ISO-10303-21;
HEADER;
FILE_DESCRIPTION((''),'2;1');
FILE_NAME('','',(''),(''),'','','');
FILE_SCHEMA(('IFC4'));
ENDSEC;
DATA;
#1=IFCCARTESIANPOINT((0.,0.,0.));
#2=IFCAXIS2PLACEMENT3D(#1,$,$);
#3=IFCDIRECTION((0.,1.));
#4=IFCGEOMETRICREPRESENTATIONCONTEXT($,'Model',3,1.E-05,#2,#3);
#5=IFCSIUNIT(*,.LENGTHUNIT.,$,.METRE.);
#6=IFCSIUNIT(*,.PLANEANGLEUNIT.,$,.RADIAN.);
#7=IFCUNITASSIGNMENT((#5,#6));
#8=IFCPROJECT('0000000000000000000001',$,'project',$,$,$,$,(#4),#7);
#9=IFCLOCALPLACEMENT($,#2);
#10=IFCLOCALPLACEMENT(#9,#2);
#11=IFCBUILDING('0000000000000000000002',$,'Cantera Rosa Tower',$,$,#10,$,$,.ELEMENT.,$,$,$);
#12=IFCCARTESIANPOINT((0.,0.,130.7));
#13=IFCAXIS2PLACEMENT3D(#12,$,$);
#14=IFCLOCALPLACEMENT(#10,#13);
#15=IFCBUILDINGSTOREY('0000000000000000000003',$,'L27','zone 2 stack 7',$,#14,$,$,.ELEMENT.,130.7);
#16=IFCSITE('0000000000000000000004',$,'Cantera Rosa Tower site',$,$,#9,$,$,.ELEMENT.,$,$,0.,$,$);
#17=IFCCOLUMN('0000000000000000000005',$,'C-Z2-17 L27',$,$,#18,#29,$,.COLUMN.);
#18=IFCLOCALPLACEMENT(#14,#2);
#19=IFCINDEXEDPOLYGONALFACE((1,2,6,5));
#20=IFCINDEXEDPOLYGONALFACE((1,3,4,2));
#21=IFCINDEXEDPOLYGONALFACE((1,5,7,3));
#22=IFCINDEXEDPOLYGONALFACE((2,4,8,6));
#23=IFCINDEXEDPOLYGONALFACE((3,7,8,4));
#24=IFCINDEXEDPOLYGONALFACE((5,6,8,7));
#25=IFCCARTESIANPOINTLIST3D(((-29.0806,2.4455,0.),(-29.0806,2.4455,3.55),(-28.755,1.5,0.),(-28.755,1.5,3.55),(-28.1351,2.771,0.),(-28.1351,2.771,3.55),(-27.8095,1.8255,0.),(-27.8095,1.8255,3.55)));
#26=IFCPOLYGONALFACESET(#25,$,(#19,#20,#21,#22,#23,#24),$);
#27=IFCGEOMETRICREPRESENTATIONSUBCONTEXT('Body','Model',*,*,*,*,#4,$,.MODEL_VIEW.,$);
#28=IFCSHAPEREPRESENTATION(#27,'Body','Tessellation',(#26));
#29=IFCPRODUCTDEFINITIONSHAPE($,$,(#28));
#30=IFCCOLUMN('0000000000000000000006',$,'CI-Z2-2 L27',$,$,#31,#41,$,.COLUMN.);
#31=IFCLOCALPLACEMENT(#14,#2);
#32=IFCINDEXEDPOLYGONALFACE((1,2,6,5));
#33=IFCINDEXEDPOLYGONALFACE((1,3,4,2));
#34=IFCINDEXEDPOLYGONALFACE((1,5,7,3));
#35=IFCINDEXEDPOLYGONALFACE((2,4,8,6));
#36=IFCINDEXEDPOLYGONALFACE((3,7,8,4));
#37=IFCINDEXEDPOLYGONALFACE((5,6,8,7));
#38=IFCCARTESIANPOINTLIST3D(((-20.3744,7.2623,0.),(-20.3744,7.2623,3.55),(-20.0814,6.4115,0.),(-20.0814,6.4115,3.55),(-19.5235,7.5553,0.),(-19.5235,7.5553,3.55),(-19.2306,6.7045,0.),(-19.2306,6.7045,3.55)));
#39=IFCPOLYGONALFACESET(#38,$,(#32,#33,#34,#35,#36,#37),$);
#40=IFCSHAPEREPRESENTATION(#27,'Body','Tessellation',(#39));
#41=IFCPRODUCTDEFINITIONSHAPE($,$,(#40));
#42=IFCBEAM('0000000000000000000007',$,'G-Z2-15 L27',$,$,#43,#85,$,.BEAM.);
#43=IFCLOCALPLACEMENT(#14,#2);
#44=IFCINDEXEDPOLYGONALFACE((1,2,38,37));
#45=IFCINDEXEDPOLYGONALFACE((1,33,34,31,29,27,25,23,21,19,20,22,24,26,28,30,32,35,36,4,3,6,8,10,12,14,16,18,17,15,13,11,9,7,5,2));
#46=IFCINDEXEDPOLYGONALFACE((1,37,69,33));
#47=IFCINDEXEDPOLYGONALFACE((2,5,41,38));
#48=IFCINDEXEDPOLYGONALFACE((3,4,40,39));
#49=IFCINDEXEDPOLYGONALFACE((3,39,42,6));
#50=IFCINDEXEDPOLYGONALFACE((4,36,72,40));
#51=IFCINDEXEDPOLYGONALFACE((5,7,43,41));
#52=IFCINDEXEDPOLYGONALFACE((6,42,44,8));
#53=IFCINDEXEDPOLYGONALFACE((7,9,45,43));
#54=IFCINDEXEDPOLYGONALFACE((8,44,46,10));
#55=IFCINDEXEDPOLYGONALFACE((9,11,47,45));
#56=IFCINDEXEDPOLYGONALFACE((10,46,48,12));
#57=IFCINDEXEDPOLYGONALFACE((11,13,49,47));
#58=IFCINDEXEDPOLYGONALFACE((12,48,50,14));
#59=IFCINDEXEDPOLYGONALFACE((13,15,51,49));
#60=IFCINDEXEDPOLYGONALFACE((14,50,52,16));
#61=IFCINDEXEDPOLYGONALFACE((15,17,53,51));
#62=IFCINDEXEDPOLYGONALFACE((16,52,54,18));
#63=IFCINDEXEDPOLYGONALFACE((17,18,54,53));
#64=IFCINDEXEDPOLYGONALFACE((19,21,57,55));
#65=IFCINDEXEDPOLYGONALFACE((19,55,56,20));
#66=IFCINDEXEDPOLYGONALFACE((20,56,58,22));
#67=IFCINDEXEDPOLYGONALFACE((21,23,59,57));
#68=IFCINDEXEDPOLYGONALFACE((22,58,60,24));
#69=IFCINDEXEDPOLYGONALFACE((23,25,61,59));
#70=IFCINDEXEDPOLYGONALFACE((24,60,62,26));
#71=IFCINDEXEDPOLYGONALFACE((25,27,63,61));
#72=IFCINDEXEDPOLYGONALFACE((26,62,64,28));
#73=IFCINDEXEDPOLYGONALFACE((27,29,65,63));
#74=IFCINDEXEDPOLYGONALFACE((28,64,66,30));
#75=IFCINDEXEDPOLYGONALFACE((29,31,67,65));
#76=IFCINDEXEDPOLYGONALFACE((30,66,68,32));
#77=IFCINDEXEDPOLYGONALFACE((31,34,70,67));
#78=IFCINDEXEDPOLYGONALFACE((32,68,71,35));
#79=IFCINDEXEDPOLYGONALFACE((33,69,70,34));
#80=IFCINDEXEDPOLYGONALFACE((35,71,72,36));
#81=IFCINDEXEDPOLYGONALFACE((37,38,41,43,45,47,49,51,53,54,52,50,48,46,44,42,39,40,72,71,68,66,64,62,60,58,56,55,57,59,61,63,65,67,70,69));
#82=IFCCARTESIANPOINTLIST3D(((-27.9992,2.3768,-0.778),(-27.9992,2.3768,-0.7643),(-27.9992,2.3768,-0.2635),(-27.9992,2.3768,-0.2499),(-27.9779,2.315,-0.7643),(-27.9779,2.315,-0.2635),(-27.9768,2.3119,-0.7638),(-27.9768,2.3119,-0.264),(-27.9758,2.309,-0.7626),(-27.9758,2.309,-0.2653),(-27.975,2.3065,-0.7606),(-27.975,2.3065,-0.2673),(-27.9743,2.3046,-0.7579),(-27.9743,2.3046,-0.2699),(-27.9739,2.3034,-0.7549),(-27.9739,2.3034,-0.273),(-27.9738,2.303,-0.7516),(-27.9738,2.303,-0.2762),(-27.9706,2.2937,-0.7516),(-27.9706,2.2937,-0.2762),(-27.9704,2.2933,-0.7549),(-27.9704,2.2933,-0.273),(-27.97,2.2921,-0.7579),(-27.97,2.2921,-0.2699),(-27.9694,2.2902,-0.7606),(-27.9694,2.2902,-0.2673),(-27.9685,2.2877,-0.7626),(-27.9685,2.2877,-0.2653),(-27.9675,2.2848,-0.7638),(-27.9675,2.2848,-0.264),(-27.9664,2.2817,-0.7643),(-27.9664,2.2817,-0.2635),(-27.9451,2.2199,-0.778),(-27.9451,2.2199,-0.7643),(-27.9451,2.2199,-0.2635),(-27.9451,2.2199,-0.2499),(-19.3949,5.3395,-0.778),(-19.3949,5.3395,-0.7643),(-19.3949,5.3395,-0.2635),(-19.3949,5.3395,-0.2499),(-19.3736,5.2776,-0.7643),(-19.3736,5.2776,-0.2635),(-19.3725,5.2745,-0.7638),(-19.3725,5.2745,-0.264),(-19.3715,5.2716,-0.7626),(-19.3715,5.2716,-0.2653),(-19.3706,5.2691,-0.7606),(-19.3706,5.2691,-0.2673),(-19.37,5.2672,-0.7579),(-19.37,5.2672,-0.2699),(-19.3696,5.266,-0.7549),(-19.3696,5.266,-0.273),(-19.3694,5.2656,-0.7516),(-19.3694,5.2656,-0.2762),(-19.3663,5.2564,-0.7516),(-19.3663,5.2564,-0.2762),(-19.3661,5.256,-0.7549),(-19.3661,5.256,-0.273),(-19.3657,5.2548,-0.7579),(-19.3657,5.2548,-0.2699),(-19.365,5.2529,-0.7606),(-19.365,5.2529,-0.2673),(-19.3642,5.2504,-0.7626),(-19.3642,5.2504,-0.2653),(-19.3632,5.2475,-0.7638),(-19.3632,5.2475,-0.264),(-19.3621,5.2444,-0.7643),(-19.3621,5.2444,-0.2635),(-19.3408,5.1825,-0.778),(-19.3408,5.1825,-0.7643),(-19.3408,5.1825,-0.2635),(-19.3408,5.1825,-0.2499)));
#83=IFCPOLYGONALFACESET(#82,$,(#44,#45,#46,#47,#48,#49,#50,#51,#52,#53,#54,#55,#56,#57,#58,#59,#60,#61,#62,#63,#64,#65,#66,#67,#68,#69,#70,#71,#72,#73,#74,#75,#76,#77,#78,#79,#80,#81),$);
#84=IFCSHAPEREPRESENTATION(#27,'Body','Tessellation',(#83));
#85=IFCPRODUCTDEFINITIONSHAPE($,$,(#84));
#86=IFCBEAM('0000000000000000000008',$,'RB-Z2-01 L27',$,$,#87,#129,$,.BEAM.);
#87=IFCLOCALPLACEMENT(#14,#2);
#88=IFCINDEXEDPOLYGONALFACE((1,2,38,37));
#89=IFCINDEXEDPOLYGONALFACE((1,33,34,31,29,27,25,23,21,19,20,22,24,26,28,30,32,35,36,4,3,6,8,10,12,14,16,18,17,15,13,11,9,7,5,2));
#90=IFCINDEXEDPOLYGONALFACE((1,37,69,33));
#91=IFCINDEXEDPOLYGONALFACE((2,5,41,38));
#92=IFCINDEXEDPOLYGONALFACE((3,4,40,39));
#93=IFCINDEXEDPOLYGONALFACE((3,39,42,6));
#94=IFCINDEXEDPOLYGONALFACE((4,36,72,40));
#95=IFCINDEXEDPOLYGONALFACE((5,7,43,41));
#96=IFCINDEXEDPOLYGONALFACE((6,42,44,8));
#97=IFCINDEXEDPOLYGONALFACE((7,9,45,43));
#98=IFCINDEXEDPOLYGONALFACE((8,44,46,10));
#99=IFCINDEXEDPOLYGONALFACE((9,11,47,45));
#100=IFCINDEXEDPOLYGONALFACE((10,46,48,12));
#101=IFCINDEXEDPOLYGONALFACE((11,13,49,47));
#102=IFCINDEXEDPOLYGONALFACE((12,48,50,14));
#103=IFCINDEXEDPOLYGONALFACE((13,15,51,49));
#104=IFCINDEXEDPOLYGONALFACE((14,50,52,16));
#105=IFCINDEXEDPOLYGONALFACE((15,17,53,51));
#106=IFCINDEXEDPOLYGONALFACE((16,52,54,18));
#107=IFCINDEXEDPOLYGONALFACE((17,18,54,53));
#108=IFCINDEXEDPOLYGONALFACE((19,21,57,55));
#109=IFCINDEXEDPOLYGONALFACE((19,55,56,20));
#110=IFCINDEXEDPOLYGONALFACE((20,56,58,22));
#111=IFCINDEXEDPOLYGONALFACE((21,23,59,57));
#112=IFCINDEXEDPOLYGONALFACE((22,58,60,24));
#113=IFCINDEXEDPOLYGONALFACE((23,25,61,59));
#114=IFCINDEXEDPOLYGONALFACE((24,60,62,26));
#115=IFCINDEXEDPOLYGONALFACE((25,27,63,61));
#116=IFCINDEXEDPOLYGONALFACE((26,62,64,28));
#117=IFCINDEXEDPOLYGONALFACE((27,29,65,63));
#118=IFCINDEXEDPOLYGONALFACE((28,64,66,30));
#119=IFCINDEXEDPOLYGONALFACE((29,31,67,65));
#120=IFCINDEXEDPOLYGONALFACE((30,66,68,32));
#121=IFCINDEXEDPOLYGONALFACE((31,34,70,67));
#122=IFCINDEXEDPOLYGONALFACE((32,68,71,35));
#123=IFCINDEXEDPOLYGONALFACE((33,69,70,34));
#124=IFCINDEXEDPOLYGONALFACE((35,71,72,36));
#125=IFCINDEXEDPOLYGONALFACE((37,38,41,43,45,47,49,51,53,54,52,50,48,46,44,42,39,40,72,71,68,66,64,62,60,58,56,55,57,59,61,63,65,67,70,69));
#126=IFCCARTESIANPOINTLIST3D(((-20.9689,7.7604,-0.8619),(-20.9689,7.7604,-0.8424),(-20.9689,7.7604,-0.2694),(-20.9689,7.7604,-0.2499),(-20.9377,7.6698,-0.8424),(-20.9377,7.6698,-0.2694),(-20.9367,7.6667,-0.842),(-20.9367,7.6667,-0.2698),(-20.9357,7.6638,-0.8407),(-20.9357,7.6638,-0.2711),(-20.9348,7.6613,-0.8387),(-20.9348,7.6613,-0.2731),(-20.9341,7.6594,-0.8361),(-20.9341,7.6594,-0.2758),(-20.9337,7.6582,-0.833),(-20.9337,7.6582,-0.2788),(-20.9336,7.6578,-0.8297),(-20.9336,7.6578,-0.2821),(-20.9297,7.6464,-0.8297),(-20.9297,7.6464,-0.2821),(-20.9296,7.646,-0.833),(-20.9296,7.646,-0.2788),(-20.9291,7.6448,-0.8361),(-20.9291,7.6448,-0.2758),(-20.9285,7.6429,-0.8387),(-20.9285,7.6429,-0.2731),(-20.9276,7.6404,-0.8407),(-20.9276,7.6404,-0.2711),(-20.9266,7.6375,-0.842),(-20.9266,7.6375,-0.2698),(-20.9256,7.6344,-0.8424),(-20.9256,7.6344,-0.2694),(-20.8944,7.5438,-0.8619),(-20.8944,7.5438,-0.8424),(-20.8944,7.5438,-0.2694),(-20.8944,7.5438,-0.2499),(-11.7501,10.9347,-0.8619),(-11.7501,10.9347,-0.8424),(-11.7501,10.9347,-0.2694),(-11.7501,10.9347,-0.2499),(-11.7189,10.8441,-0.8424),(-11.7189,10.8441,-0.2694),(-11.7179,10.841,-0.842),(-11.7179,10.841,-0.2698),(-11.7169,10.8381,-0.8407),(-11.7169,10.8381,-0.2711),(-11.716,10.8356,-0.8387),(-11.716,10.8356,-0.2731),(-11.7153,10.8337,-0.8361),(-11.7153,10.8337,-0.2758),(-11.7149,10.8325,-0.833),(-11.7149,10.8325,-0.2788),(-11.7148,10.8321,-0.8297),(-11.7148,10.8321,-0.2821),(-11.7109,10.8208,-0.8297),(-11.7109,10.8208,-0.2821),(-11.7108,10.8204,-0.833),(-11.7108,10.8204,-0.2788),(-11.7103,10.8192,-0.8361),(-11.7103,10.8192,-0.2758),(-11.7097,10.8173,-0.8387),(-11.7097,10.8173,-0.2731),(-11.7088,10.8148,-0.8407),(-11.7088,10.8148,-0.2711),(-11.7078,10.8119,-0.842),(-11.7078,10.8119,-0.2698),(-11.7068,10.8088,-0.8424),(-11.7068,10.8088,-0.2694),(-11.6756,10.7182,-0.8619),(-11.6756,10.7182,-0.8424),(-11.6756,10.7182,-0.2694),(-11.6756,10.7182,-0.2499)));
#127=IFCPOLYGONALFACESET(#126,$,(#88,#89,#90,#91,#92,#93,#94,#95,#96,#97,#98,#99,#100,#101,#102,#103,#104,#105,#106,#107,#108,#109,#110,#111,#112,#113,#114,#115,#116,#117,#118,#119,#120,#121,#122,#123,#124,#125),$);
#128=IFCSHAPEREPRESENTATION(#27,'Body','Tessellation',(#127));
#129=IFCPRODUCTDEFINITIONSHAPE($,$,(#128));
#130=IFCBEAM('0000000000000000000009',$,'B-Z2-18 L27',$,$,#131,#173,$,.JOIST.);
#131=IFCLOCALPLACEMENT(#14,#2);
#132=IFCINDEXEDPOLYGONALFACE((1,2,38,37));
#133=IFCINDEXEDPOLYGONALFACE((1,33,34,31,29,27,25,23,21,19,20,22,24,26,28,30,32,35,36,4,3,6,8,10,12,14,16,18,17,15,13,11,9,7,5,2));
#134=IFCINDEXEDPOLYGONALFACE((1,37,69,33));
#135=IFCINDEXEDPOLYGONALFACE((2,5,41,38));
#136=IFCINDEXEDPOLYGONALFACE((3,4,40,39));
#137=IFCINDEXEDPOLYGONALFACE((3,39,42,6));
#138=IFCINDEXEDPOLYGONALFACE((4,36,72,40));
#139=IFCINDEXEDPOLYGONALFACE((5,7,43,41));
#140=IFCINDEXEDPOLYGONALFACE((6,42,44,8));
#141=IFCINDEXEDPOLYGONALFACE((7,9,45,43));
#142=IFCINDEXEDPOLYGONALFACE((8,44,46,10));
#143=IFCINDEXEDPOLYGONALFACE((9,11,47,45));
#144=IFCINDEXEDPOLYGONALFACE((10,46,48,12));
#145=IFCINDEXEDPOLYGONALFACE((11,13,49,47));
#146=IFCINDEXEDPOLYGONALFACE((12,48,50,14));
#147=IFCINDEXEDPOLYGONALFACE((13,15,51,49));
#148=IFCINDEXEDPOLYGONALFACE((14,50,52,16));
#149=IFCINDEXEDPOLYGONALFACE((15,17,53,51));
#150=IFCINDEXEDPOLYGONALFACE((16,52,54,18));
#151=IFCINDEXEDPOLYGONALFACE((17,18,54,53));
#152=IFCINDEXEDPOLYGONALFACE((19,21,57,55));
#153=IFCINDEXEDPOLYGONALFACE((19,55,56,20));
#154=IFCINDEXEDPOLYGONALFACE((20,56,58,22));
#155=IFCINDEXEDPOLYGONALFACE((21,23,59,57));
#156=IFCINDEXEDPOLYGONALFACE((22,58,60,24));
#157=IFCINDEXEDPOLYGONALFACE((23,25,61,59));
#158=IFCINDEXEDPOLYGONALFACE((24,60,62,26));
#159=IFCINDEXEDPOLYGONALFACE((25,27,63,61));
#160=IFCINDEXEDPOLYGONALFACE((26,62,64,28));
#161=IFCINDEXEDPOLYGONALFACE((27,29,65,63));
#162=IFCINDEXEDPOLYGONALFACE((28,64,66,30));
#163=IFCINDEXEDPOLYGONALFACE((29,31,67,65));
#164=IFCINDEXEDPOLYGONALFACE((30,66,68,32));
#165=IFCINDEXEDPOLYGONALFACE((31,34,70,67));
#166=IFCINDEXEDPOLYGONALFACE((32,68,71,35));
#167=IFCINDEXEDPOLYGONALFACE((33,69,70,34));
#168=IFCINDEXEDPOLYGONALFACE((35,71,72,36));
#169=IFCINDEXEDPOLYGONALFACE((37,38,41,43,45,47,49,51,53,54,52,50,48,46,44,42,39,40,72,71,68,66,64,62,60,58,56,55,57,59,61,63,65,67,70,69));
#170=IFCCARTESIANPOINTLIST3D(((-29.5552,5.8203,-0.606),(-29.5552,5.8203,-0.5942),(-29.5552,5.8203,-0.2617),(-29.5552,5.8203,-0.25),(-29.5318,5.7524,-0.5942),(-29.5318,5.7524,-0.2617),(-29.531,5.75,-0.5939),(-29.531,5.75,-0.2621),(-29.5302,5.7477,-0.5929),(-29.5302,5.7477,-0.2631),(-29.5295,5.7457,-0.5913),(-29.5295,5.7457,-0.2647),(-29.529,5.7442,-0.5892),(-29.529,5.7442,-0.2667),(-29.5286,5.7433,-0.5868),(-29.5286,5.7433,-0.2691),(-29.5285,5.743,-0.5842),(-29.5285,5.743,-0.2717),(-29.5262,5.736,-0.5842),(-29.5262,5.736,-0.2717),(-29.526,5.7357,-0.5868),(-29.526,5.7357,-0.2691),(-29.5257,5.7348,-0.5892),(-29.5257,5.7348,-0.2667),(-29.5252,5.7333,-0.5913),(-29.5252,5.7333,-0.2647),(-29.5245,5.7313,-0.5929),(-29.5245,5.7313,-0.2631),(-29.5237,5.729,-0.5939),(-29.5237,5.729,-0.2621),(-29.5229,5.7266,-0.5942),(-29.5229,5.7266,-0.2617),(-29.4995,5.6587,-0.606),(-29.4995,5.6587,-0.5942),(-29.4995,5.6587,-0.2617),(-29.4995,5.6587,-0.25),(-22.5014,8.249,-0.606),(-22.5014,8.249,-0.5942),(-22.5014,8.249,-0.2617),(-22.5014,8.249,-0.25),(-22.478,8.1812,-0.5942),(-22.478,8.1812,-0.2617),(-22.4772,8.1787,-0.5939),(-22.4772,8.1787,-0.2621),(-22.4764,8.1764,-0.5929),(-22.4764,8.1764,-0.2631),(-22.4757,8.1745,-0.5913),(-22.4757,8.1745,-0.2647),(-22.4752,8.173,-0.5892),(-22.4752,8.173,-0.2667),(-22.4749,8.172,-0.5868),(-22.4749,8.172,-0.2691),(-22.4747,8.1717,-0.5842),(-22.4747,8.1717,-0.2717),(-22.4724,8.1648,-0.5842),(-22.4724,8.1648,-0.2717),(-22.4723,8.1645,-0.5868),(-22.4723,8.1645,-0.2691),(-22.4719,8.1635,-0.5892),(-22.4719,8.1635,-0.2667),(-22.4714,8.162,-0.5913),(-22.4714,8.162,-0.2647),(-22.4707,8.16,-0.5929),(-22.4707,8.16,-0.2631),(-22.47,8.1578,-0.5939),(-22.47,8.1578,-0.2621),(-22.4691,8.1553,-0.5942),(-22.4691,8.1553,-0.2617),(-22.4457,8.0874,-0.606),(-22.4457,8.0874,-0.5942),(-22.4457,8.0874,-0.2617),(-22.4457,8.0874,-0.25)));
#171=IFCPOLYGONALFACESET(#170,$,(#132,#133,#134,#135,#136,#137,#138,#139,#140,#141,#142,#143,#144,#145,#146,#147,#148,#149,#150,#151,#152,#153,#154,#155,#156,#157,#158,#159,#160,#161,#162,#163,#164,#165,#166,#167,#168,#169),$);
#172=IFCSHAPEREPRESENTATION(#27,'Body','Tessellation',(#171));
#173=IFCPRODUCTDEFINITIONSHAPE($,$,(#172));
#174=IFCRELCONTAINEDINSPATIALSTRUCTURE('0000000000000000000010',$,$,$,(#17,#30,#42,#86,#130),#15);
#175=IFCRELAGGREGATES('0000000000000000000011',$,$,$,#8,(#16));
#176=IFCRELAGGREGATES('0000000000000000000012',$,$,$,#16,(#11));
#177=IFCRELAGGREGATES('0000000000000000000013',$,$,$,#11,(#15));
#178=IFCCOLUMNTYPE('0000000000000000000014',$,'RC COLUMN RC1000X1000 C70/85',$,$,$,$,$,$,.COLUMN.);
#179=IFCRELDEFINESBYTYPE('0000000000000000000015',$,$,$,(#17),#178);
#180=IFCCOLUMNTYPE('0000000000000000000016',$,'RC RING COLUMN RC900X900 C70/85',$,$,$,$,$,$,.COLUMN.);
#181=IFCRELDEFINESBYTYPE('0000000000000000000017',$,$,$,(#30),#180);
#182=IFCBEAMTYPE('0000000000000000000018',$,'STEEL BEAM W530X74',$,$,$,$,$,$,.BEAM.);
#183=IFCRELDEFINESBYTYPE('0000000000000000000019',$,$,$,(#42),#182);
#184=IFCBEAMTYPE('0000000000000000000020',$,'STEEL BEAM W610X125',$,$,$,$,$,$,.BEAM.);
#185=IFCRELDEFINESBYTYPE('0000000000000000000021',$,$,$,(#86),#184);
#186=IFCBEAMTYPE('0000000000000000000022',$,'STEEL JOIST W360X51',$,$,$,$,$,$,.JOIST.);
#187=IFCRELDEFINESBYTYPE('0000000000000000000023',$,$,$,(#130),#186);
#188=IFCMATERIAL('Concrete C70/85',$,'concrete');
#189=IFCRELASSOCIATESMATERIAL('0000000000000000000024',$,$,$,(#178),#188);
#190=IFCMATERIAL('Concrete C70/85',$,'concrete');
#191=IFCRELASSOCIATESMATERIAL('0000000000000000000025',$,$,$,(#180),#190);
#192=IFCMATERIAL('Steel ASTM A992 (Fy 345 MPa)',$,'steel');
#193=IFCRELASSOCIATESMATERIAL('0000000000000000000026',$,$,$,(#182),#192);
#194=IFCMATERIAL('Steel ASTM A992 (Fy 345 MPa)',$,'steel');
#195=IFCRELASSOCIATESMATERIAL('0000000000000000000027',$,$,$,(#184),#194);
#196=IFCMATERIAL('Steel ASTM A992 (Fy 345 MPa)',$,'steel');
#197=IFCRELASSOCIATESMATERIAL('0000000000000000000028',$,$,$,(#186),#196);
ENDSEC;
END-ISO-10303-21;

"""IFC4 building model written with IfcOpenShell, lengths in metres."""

from ifc_helpers import new_model, si_unit, direction, frame, origin, origin_2d, place, context, subcontext, project, spatial, rectangle, i_section, extrude, material, material_profile, profile_set, type_object, element, save


model = new_model("IFC4")

# Units and contexts
model_context = context("Model", 3, precision=1e-05, world=origin(), true_north=direction((0.0, 1.0)))
body_context = subcontext(model_context, "Body", "Model", "MODEL_VIEW")
ifc_project = project(units=[si_unit("LENGTHUNIT", "METRE"), si_unit("PLANEANGLEUNIT", "RADIAN")], contexts=[model_context])

# Site, building, storey
site_placement = place(None, origin())
site = spatial("IfcSite", under=ifc_project, at=site_placement, Name="Cantera Rosa Tower site", CompositionType="ELEMENT", RefElevation=0.0)
building_placement = place(site_placement, origin())
building = spatial("IfcBuilding", under=site, at=building_placement, Name="Cantera Rosa Tower", CompositionType="ELEMENT")
storey_placement = place(building_placement, frame((0.0, 0.0, 130.7)))
storey = spatial("IfcBuildingStorey", under=building, at=storey_placement, Name="L27", Description="zone 2 stack 7", CompositionType="ELEMENT", Elevation=130.7)

# Columns
ifc_material_1 = material(Name="Concrete C70/85", Category="concrete")
ifc_material_profile_1 = material_profile(ifc_material_1, rectangle(XDim=1.0, YDim=1.0, at=origin_2d()), Name="RC COLUMN RC1000X1000 C70/85")
ifc_profile_set_1 = profile_set([ifc_material_profile_1], Name="Concrete C70/85")
column_type_1 = type_object("IfcColumnType", Name="RC COLUMN RC1000X1000 C70/85", PredefinedType="COLUMN", material=ifc_profile_set_1)
column_1_placement = place(storey_placement, frame((-28.4451, 2.1355, 0.0), z_axis=(0.0, 0.0, 1.0), x_axis=(0.945519, 0.325568, 0.0)))
element("IfcColumn", 1, at=column_1_placement, inside=storey, type_object=column_type_1, Name="C-Z2-17 L27", PredefinedType="COLUMN", context=body_context, shape_type="SweptSolid", body=[
    extrude(rectangle(XDim=1.0, YDim=1.0, at=origin_2d()), origin(), (0.0, 0.0, 1.0), 3.55),
])
ifc_material_2 = material(Name="Concrete C70/85", Category="concrete")
ifc_material_profile_2 = material_profile(ifc_material_2, rectangle(XDim=0.8999, YDim=0.8999, at=origin_2d()), Name="RC RING COLUMN RC900X900 C70/85")
ifc_profile_set_2 = profile_set([ifc_material_profile_2], Name="Concrete C70/85")
column_type_2 = type_object("IfcColumnType", Name="RC RING COLUMN RC900X900 C70/85", PredefinedType="COLUMN", material=ifc_profile_set_2)
column_2_placement = place(storey_placement, frame((-19.8025, 6.9834, 0.0), z_axis=(0.0, 0.0, 1.0), x_axis=(0.945519, 0.325568, 0.0)))
element("IfcColumn", 2, at=column_2_placement, inside=storey, type_object=column_type_2, Name="CI-Z2-2 L27", PredefinedType="COLUMN", context=body_context, shape_type="SweptSolid", body=[
    extrude(rectangle(XDim=0.8999, YDim=0.8999, at=origin_2d()), origin(), (0.0, 0.0, 1.0), 3.55),
])

# Beams
ifc_material_3 = material(Name="Steel ASTM A992 (Fy 345 MPa)", Category="steel")
ifc_material_profile_3 = material_profile(ifc_material_3, i_section(OverallWidth=0.166, OverallDepth=0.5281, WebThickness=0.0098, FlangeThickness=0.0137, FilletRadius=0.0127, at=origin_2d()), Name="W530X74")
ifc_profile_set_3 = profile_set([ifc_material_profile_3], Name="Steel ASTM A992 (Fy 345 MPa)")
beam_type_1 = type_object("IfcBeamType", Name="STEEL BEAM W530X74", PredefinedType="BEAM", material=ifc_profile_set_3)
beam_1_placement = place(storey_placement, frame((-27.9722, 2.2983, -0.5139), z_axis=(0.94552, 0.325565, 0.0), x_axis=(-0.325565, 0.94552, 0.0)))
element("IfcBeam", 3, at=beam_1_placement, inside=storey, type_object=beam_type_1, Name="G-Z2-15 L27", PredefinedType="BEAM", context=body_context, shape_type="SweptSolid", body=[
    extrude(i_section(OverallWidth=0.166, OverallDepth=0.5281, WebThickness=0.0098, FlangeThickness=0.0137, FilletRadius=0.0127, at=origin_2d()), origin(), (0.0, 0.0, 1.0), 9.1001),
])
ifc_material_4 = material(Name="Steel ASTM A992 (Fy 345 MPa)", Category="steel")
ifc_material_profile_4 = material_profile(ifc_material_4, i_section(OverallWidth=0.229, OverallDepth=0.6121, WebThickness=0.012, FlangeThickness=0.0195, FilletRadius=0.0127, at=origin_2d()), Name="W610X125")
ifc_profile_set_4 = profile_set([ifc_material_profile_4], Name="Steel ASTM A992 (Fy 345 MPa)")
beam_type_2 = type_object("IfcBeamType", Name="STEEL BEAM W610X125", PredefinedType="BEAM", material=ifc_profile_set_4)
beam_2_placement = place(storey_placement, frame((-20.9316, 7.6521, -0.5559), z_axis=(0.945517, 0.325572, 0.0), x_axis=(-0.325572, 0.945517, 0.0)))
element("IfcBeam", 4, at=beam_2_placement, inside=storey, type_object=beam_type_2, Name="RB-Z2-01 L27", PredefinedType="BEAM", context=body_context, shape_type="SweptSolid", body=[
    extrude(i_section(OverallWidth=0.229, OverallDepth=0.6121, WebThickness=0.012, FlangeThickness=0.0195, FilletRadius=0.0127, at=origin_2d()), origin(), (0.0, 0.0, 1.0), 9.75),
])
ifc_material_5 = material(Name="Steel ASTM A992 (Fy 345 MPa)", Category="steel")
ifc_material_profile_5 = material_profile(ifc_material_5, i_section(OverallWidth=0.1709, OverallDepth=0.356, WebThickness=0.0073, FlangeThickness=0.0117, FilletRadius=0.01, at=origin_2d()), Name="W360X51")
ifc_profile_set_5 = profile_set([ifc_material_profile_5], Name="Steel ASTM A992 (Fy 345 MPa)")
beam_type_3 = type_object("IfcBeamType", Name="STEEL JOIST W360X51", PredefinedType="JOIST", material=ifc_profile_set_5)
beam_3_placement = place(storey_placement, frame((-29.5273, 5.7395, -0.428), z_axis=(0.945522, 0.325559, 0.0), x_axis=(-0.325559, 0.945522, 0.0)))
element("IfcBeam", 5, at=beam_3_placement, inside=storey, type_object=beam_type_3, Name="B-Z2-18 L27", PredefinedType="JOIST", context=body_context, shape_type="SweptSolid", body=[
    extrude(i_section(OverallWidth=0.1709, OverallDepth=0.356, WebThickness=0.0073, FlangeThickness=0.0117, FilletRadius=0.01, at=origin_2d()), origin(), (0.0, 0.0, 1.0), 7.4602),
])

save(model, "model.ifc")
